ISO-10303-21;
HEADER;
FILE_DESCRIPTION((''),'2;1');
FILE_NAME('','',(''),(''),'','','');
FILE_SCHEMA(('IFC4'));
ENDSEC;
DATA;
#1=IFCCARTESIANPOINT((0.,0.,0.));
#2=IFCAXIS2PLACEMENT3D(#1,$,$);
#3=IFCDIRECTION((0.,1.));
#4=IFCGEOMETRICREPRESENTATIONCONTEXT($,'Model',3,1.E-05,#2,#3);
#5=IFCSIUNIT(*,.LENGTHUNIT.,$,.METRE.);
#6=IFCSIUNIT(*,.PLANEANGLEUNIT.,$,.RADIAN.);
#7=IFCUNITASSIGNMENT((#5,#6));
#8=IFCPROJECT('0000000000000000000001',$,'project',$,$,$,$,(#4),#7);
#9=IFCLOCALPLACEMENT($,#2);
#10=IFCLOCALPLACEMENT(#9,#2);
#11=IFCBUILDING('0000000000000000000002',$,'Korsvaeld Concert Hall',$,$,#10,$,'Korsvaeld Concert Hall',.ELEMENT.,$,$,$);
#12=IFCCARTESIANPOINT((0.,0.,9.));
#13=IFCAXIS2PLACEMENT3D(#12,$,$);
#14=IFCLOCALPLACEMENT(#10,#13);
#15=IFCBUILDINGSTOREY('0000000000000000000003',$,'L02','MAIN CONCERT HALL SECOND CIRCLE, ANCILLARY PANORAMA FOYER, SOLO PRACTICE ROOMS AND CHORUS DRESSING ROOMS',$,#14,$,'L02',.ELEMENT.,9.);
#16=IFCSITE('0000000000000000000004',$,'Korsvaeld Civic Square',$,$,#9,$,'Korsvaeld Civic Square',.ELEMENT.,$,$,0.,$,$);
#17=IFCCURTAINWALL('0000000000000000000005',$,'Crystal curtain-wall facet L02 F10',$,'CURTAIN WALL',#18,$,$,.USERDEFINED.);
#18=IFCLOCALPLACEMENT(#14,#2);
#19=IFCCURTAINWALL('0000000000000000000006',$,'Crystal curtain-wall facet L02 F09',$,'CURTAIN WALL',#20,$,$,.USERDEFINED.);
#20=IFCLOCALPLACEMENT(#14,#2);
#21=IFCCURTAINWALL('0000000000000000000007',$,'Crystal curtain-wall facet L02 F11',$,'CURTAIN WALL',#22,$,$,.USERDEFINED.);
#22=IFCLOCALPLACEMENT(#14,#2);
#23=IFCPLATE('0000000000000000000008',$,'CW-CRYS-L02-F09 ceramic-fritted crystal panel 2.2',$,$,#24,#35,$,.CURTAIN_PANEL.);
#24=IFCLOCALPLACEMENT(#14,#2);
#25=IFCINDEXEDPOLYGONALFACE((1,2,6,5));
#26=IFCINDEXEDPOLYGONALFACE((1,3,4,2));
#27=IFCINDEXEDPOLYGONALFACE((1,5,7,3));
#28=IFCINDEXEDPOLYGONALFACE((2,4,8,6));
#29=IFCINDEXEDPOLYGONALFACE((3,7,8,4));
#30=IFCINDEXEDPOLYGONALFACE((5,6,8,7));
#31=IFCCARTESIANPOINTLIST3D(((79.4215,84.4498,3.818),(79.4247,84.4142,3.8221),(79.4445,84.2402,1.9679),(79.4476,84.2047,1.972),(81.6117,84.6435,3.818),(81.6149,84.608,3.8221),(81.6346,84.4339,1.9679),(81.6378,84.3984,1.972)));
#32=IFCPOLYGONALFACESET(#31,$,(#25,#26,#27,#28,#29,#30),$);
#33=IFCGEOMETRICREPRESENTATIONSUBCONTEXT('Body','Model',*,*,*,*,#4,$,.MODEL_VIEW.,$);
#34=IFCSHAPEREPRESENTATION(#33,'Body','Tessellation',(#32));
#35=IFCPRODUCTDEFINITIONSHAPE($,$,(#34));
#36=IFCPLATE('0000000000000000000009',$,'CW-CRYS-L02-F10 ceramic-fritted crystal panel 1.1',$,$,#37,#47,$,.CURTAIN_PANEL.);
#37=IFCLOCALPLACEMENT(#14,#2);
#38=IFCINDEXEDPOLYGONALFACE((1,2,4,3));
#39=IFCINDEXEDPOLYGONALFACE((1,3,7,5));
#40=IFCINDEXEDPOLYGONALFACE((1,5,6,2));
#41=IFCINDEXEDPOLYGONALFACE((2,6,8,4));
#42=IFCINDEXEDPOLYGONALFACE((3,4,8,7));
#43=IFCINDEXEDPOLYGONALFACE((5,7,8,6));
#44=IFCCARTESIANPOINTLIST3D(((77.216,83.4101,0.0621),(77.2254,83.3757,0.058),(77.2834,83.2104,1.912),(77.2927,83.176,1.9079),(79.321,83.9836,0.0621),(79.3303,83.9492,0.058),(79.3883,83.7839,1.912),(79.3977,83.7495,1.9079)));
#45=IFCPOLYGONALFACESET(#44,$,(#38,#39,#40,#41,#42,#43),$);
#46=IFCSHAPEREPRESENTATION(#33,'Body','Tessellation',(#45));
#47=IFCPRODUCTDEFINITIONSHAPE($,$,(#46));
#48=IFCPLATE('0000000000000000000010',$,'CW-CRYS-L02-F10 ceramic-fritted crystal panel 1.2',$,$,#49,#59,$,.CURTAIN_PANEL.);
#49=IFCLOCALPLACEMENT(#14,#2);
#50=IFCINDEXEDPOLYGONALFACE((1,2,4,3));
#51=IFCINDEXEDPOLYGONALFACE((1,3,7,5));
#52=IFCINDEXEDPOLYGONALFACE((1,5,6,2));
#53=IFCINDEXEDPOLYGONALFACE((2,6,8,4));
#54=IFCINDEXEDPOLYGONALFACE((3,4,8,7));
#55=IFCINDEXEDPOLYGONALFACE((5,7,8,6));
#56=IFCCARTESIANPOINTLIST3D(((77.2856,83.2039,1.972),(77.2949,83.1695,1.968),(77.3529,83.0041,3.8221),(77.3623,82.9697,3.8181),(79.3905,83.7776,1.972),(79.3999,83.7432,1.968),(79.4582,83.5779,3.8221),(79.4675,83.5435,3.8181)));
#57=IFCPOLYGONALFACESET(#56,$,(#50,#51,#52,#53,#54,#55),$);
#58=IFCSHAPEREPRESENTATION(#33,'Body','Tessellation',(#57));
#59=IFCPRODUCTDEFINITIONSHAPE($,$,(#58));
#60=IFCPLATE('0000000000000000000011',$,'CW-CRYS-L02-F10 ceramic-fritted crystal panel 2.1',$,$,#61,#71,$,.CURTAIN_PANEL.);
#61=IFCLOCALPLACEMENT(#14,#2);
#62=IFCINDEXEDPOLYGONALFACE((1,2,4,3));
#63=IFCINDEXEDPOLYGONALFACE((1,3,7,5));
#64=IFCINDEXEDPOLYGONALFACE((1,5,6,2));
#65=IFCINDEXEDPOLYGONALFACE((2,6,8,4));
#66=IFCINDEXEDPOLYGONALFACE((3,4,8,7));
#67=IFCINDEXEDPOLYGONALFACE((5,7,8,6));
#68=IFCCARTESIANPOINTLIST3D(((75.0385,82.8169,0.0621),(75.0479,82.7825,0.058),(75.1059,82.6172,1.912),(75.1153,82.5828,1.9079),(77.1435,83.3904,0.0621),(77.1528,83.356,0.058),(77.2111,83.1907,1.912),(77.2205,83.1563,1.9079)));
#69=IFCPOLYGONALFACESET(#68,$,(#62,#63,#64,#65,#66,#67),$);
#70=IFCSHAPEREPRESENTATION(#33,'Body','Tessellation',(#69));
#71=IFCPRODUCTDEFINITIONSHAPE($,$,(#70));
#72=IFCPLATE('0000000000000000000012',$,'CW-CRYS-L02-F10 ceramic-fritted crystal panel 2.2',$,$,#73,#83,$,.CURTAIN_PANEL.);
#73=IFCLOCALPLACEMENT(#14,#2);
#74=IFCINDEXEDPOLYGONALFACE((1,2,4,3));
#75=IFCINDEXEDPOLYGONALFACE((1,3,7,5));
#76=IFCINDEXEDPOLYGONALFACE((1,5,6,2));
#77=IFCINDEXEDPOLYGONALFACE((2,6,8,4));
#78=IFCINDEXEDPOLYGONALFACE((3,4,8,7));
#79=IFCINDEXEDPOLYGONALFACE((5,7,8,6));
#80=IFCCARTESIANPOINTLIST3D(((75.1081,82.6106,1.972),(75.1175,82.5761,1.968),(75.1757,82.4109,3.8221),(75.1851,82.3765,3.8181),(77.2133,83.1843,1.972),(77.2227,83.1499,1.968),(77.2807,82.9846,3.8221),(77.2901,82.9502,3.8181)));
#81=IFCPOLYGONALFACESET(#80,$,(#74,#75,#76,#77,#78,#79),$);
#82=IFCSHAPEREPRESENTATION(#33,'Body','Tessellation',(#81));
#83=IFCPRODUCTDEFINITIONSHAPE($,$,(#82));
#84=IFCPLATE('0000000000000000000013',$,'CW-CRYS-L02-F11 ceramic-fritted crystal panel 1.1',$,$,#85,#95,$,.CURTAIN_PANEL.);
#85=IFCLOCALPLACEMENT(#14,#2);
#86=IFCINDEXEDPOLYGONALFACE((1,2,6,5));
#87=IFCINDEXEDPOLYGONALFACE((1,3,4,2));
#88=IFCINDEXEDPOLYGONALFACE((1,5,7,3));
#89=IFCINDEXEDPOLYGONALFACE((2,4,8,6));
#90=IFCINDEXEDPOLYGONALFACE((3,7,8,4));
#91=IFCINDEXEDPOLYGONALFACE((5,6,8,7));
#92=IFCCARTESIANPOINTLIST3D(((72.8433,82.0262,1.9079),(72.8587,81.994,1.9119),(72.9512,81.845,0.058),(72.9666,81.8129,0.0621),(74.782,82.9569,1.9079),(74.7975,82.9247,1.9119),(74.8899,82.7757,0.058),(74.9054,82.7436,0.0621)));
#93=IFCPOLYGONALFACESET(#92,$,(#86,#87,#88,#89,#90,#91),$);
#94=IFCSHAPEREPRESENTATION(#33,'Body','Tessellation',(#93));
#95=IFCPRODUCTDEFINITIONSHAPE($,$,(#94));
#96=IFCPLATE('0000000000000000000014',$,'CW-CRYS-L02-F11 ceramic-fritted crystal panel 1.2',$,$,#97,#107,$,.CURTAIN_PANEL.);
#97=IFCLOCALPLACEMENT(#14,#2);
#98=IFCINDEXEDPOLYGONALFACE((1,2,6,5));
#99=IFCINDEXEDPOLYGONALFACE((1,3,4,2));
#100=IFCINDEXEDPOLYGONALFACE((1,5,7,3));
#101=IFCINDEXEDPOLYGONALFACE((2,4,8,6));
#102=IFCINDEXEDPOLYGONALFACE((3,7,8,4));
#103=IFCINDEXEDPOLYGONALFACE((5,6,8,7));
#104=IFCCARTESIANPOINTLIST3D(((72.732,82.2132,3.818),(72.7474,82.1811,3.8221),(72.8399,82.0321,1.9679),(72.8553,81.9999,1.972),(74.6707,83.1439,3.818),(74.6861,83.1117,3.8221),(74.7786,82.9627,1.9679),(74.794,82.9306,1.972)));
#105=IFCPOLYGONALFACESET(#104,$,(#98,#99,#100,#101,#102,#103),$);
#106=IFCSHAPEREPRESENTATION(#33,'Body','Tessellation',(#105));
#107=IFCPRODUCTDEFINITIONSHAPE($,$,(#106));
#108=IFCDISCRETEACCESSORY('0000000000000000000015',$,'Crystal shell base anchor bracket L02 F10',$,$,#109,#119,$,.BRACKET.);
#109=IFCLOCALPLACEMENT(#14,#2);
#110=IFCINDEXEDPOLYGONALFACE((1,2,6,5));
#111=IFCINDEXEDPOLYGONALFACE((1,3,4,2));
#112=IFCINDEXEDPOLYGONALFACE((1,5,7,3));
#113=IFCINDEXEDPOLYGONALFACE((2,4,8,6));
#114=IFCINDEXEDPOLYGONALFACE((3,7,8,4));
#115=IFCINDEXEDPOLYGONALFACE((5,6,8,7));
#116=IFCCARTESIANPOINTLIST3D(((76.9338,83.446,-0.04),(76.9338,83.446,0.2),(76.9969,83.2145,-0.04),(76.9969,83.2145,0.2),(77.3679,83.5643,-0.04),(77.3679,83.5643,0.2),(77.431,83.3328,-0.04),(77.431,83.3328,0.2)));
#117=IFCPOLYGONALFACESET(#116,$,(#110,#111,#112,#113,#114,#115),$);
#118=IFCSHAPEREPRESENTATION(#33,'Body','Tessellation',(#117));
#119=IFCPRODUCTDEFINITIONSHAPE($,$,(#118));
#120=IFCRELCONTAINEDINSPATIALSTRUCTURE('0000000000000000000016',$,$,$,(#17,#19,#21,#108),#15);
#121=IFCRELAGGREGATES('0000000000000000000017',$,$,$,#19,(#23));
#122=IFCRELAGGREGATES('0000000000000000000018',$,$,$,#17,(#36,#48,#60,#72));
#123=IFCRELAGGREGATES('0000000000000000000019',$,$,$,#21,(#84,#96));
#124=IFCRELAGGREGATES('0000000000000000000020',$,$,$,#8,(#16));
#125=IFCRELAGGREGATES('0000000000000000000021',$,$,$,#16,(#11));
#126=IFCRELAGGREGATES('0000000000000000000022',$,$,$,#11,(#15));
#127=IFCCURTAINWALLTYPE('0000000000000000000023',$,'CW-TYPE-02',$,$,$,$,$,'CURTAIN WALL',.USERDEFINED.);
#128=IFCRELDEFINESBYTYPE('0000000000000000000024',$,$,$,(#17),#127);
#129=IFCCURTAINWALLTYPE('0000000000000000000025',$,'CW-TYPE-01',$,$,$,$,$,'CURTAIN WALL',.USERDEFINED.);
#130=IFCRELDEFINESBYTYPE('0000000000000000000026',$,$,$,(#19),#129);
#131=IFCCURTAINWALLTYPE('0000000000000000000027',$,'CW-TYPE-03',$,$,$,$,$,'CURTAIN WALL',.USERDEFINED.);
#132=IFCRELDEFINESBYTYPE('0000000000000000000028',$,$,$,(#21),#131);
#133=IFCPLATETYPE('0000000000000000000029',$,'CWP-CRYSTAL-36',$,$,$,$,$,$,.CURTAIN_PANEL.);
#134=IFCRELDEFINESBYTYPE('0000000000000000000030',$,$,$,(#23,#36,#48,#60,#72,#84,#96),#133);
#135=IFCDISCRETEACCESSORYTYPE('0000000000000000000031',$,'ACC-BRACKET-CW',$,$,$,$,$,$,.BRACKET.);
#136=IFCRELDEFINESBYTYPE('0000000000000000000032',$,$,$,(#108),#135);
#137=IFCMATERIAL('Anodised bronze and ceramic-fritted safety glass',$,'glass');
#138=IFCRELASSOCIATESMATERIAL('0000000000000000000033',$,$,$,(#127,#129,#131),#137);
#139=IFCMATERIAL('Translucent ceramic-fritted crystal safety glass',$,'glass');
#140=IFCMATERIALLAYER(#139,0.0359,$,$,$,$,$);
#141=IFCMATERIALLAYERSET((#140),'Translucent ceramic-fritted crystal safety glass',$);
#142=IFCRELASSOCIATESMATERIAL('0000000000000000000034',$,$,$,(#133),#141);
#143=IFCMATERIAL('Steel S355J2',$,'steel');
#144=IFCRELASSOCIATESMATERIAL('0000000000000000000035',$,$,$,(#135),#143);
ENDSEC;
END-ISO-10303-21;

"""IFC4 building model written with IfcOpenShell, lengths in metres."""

from ifc_helpers import new_model, si_unit, direction, frame, origin, origin_2d, place, context, subcontext, project, spatial, polyline, rectangle, outline, extrude, material, layer, layer_set, type_object, element, aggregate, save


model = new_model("IFC4")

# Units and contexts
model_context = context("Model", 3, precision=1e-05, world=origin(), true_north=direction((0.0, 1.0)))
body_context = subcontext(model_context, "Body", "Model", "MODEL_VIEW")
ifc_project = project(units=[si_unit("LENGTHUNIT", "METRE"), si_unit("PLANEANGLEUNIT", "RADIAN")], contexts=[model_context])

# Site, building, storey
site_placement = place(None, origin())
site = spatial("IfcSite", under=ifc_project, at=site_placement, Name="Korsvaeld Civic Square", LongName="Korsvaeld Civic Square", CompositionType="ELEMENT", RefElevation=0.0)
building_placement = place(site_placement, origin())
building = spatial("IfcBuilding", under=site, at=building_placement, Name="Korsvaeld Concert Hall", LongName="Korsvaeld Concert Hall", CompositionType="ELEMENT")
storey_placement = place(building_placement, frame((0.0, 0.0, 9.0)))
storey = spatial("IfcBuildingStorey", under=building, at=storey_placement, Name="L02", Description="MAIN CONCERT HALL SECOND CIRCLE, ANCILLARY PANORAMA FOYER, SOLO PRACTICE ROOMS AND CHORUS DRESSING ROOMS", LongName="L02", CompositionType="ELEMENT", Elevation=9.0)

# Shared definitions
ifc_material_1 = material(Name="Steel S355J2", Category="steel")

# Curtain wall
ifc_material_2 = material(Name="Anodised bronze and ceramic-fritted safety glass", Category="glass")
curtain_wall_type_1 = type_object("IfcCurtainWallType", Name="CW-TYPE-02", ElementType="CURTAIN WALL", PredefinedType="USERDEFINED", material=ifc_material_2)
curtain_wall_1_placement = place(storey_placement, origin())
curtain_wall_1 = element("IfcCurtainWall", 1, at=curtain_wall_1_placement, inside=storey, type_object=curtain_wall_type_1, Name="Crystal curtain-wall facet L02 F10", ObjectType="CURTAIN WALL", PredefinedType="USERDEFINED")

# Curtain walls
curtain_wall_type_2 = type_object("IfcCurtainWallType", Name="CW-TYPE-01", ElementType="CURTAIN WALL", PredefinedType="USERDEFINED", material=ifc_material_2)
curtain_wall_2_placement = place(storey_placement, origin())
curtain_wall_2 = element("IfcCurtainWall", 2, at=curtain_wall_2_placement, inside=storey, type_object=curtain_wall_type_2, Name="Crystal curtain-wall facet L02 F09", ObjectType="CURTAIN WALL", PredefinedType="USERDEFINED")
curtain_wall_type_3 = type_object("IfcCurtainWallType", Name="CW-TYPE-03", ElementType="CURTAIN WALL", PredefinedType="USERDEFINED", material=ifc_material_2)
curtain_wall_3_placement = place(storey_placement, origin())
curtain_wall_3 = element("IfcCurtainWall", 3, at=curtain_wall_3_placement, inside=storey, type_object=curtain_wall_type_3, Name="Crystal curtain-wall facet L02 F11", ObjectType="CURTAIN WALL", PredefinedType="USERDEFINED")

# Plates
ifc_material_3 = material(Name="Translucent ceramic-fritted crystal safety glass", Category="glass")
ifc_layer = layer(ifc_material_3, 0.0359)
ifc_layer_set = layer_set([ifc_layer], Name="Translucent ceramic-fritted crystal safety glass")
plate_type = type_object("IfcPlateType", Name="CWP-CRYSTAL-36", PredefinedType="CURTAIN_PANEL", material=ifc_layer_set)
plate_1_placement = place(storey_placement, frame((81.6362, 84.416, 1.97), z_axis=(-0.087541, 0.989707, -0.113208), x_axis=(-0.996111, -0.088107, 0.000006)))
plate_1 = element("IfcPlate", 4, at=plate_1_placement, type_object=plate_type, Name="CW-CRYS-L02-F09 ceramic-fritted crystal panel 2.2", PredefinedType="CURTAIN_PANEL", context=body_context, shape_type="SweptSolid", body=[
    extrude(outline(polyline([(0.0, 0.0), (2.1987, 0.0), (2.2031, 1.8621), (0.0044, 1.8621), (0.0, 0.0)])), frame((0.0, 0.0, 0.0181)), (0.0, 0.0, -1.0), 0.0359),
])
aggregate(curtain_wall_2, [plate_1])
plate_2_placement = place(storey_placement, frame((79.3257, 83.9663, 0.0601), z_axis=(-0.261178, 0.958653, 0.113008), x_axis=(-0.964834, -0.262862, 0.0)))
plate_2 = element("IfcPlate", 5, at=plate_2_placement, type_object=plate_type, Name="CW-CRYS-L02-F10 ceramic-fritted crystal panel 1.1", PredefinedType="CURTAIN_PANEL", context=body_context, shape_type="SweptSolid", body=[
    extrude(outline(polyline([(0.0, 0.0), (2.1817, 0.0), (2.1692, 1.8618), (-0.0125, 1.8618), (0.0, 0.0)])), frame((0.0, 0.0, 0.0181)), (0.0, 0.0, -1.0), 0.0359),
])
plate_3_placement = place(storey_placement, frame((79.3953, 83.7603, 1.97), z_axis=(-0.261267, 0.958628, 0.113011), x_axis=(-0.964809, -0.262952, 0.000002)))
plate_3 = element("IfcPlate", 6, at=plate_3_placement, type_object=plate_type, Name="CW-CRYS-L02-F10 ceramic-fritted crystal panel 1.2", PredefinedType="CURTAIN_PANEL", context=body_context, shape_type="SweptSolid", body=[
    extrude(outline(polyline([(0.0, 0.0), (2.1818, 0.0), (2.1693, 1.862), (-0.0127, 1.862), (0.0, 0.0)])), frame((0.0, 0.0, 0.0181)), (0.0, 0.0, -1.0), 0.0359),
])
plate_4_placement = place(storey_placement, frame((77.1482, 83.373, 0.0601), z_axis=(-0.261163, 0.958655, 0.113025), x_axis=(-0.964837, -0.262848, 0.000002)))
plate_4 = element("IfcPlate", 7, at=plate_4_placement, type_object=plate_type, Name="CW-CRYS-L02-F10 ceramic-fritted crystal panel 2.1", PredefinedType="CURTAIN_PANEL", context=body_context, shape_type="SweptSolid", body=[
    extrude(outline(polyline([(0.0, 0.0), (2.1817, 0.0), (2.1692, 1.8618), (-0.0128, 1.8618), (0.0, 0.0)])), frame((0.0, 0.0, 0.0181)), (0.0, 0.0, -1.0), 0.0359),
])
plate_5_placement = place(storey_placement, frame((77.218, 83.167, 1.97), z_axis=(-0.261267, 0.958628, 0.113011), x_axis=(-0.964809, -0.262952, -0.000002)))
plate_5 = element("IfcPlate", 8, at=plate_5_placement, type_object=plate_type, Name="CW-CRYS-L02-F10 ceramic-fritted crystal panel 2.2", PredefinedType="CURTAIN_PANEL", context=body_context, shape_type="SweptSolid", body=[
    extrude(outline(polyline([(0.0, 0.0), (2.182, 0.0), (2.1693, 1.862), (-0.0125, 1.862), (0.0, 0.0)])), frame((0.0, 0.0, 0.0181)), (0.0, 0.0, -1.0), 0.0359),
])
aggregate(curtain_wall_1, [plate_2, plate_3, plate_4, plate_5])
plate_6_placement = place(storey_placement, frame((74.8977, 82.7595, 0.0601), z_axis=(-0.429998, 0.895755, -0.112803), x_axis=(-0.901509, -0.432761, 0.0)))
plate_6 = element("IfcPlate", 9, at=plate_6_placement, type_object=plate_type, Name="CW-CRYS-L02-F11 ceramic-fritted crystal panel 1.1", PredefinedType="CURTAIN_PANEL", context=body_context, shape_type="SweptSolid", body=[
    extrude(outline(polyline([(0.0, 0.0), (2.1505, 0.0), (2.1694, 1.8617), (0.0189, 1.8617), (0.0, 0.0)])), frame((0.0, 0.0, 0.0181)), (0.0, 0.0, -1.0), 0.0359),
])
plate_7_placement = place(storey_placement, frame((74.7864, 82.9465, 1.97), z_axis=(-0.429999, 0.895756, -0.112788), x_axis=(-0.901509, -0.432761, 0.0)))
plate_7 = element("IfcPlate", 10, at=plate_7_placement, type_object=plate_type, Name="CW-CRYS-L02-F11 ceramic-fritted crystal panel 1.2", PredefinedType="CURTAIN_PANEL", context=body_context, shape_type="SweptSolid", body=[
    extrude(outline(polyline([(0.0, 0.0), (2.1505, 0.0), (2.1694, 1.862), (0.0189, 1.862), (0.0, 0.0)])), frame((0.0, 0.0, 0.0181)), (0.0, 0.0, -1.0), 0.0359),
])
aggregate(curtain_wall_3, [plate_6, plate_7])

# Discrete accessory
discrete_accessory_type = type_object("IfcDiscreteAccessoryType", Name="ACC-BRACKET-CW", PredefinedType="BRACKET", material=ifc_material_1)
discrete_accessory_placement = place(storey_placement, frame((77.1824, 83.3894, -0.04), z_axis=(0.0, 0.0, 1.0), x_axis=(-0.964833, -0.262863, 0.0)))
element("IfcDiscreteAccessory", 11, at=discrete_accessory_placement, inside=storey, type_object=discrete_accessory_type, Name="Crystal shell base anchor bracket L02 F10", PredefinedType="BRACKET", context=body_context, shape_type="SweptSolid", body=[
    extrude(rectangle(XDim=0.45, YDim=0.24, at=origin_2d()), origin(), (0.0, 0.0, 1.0), 0.24),
])

save(model, "model.ifc")
